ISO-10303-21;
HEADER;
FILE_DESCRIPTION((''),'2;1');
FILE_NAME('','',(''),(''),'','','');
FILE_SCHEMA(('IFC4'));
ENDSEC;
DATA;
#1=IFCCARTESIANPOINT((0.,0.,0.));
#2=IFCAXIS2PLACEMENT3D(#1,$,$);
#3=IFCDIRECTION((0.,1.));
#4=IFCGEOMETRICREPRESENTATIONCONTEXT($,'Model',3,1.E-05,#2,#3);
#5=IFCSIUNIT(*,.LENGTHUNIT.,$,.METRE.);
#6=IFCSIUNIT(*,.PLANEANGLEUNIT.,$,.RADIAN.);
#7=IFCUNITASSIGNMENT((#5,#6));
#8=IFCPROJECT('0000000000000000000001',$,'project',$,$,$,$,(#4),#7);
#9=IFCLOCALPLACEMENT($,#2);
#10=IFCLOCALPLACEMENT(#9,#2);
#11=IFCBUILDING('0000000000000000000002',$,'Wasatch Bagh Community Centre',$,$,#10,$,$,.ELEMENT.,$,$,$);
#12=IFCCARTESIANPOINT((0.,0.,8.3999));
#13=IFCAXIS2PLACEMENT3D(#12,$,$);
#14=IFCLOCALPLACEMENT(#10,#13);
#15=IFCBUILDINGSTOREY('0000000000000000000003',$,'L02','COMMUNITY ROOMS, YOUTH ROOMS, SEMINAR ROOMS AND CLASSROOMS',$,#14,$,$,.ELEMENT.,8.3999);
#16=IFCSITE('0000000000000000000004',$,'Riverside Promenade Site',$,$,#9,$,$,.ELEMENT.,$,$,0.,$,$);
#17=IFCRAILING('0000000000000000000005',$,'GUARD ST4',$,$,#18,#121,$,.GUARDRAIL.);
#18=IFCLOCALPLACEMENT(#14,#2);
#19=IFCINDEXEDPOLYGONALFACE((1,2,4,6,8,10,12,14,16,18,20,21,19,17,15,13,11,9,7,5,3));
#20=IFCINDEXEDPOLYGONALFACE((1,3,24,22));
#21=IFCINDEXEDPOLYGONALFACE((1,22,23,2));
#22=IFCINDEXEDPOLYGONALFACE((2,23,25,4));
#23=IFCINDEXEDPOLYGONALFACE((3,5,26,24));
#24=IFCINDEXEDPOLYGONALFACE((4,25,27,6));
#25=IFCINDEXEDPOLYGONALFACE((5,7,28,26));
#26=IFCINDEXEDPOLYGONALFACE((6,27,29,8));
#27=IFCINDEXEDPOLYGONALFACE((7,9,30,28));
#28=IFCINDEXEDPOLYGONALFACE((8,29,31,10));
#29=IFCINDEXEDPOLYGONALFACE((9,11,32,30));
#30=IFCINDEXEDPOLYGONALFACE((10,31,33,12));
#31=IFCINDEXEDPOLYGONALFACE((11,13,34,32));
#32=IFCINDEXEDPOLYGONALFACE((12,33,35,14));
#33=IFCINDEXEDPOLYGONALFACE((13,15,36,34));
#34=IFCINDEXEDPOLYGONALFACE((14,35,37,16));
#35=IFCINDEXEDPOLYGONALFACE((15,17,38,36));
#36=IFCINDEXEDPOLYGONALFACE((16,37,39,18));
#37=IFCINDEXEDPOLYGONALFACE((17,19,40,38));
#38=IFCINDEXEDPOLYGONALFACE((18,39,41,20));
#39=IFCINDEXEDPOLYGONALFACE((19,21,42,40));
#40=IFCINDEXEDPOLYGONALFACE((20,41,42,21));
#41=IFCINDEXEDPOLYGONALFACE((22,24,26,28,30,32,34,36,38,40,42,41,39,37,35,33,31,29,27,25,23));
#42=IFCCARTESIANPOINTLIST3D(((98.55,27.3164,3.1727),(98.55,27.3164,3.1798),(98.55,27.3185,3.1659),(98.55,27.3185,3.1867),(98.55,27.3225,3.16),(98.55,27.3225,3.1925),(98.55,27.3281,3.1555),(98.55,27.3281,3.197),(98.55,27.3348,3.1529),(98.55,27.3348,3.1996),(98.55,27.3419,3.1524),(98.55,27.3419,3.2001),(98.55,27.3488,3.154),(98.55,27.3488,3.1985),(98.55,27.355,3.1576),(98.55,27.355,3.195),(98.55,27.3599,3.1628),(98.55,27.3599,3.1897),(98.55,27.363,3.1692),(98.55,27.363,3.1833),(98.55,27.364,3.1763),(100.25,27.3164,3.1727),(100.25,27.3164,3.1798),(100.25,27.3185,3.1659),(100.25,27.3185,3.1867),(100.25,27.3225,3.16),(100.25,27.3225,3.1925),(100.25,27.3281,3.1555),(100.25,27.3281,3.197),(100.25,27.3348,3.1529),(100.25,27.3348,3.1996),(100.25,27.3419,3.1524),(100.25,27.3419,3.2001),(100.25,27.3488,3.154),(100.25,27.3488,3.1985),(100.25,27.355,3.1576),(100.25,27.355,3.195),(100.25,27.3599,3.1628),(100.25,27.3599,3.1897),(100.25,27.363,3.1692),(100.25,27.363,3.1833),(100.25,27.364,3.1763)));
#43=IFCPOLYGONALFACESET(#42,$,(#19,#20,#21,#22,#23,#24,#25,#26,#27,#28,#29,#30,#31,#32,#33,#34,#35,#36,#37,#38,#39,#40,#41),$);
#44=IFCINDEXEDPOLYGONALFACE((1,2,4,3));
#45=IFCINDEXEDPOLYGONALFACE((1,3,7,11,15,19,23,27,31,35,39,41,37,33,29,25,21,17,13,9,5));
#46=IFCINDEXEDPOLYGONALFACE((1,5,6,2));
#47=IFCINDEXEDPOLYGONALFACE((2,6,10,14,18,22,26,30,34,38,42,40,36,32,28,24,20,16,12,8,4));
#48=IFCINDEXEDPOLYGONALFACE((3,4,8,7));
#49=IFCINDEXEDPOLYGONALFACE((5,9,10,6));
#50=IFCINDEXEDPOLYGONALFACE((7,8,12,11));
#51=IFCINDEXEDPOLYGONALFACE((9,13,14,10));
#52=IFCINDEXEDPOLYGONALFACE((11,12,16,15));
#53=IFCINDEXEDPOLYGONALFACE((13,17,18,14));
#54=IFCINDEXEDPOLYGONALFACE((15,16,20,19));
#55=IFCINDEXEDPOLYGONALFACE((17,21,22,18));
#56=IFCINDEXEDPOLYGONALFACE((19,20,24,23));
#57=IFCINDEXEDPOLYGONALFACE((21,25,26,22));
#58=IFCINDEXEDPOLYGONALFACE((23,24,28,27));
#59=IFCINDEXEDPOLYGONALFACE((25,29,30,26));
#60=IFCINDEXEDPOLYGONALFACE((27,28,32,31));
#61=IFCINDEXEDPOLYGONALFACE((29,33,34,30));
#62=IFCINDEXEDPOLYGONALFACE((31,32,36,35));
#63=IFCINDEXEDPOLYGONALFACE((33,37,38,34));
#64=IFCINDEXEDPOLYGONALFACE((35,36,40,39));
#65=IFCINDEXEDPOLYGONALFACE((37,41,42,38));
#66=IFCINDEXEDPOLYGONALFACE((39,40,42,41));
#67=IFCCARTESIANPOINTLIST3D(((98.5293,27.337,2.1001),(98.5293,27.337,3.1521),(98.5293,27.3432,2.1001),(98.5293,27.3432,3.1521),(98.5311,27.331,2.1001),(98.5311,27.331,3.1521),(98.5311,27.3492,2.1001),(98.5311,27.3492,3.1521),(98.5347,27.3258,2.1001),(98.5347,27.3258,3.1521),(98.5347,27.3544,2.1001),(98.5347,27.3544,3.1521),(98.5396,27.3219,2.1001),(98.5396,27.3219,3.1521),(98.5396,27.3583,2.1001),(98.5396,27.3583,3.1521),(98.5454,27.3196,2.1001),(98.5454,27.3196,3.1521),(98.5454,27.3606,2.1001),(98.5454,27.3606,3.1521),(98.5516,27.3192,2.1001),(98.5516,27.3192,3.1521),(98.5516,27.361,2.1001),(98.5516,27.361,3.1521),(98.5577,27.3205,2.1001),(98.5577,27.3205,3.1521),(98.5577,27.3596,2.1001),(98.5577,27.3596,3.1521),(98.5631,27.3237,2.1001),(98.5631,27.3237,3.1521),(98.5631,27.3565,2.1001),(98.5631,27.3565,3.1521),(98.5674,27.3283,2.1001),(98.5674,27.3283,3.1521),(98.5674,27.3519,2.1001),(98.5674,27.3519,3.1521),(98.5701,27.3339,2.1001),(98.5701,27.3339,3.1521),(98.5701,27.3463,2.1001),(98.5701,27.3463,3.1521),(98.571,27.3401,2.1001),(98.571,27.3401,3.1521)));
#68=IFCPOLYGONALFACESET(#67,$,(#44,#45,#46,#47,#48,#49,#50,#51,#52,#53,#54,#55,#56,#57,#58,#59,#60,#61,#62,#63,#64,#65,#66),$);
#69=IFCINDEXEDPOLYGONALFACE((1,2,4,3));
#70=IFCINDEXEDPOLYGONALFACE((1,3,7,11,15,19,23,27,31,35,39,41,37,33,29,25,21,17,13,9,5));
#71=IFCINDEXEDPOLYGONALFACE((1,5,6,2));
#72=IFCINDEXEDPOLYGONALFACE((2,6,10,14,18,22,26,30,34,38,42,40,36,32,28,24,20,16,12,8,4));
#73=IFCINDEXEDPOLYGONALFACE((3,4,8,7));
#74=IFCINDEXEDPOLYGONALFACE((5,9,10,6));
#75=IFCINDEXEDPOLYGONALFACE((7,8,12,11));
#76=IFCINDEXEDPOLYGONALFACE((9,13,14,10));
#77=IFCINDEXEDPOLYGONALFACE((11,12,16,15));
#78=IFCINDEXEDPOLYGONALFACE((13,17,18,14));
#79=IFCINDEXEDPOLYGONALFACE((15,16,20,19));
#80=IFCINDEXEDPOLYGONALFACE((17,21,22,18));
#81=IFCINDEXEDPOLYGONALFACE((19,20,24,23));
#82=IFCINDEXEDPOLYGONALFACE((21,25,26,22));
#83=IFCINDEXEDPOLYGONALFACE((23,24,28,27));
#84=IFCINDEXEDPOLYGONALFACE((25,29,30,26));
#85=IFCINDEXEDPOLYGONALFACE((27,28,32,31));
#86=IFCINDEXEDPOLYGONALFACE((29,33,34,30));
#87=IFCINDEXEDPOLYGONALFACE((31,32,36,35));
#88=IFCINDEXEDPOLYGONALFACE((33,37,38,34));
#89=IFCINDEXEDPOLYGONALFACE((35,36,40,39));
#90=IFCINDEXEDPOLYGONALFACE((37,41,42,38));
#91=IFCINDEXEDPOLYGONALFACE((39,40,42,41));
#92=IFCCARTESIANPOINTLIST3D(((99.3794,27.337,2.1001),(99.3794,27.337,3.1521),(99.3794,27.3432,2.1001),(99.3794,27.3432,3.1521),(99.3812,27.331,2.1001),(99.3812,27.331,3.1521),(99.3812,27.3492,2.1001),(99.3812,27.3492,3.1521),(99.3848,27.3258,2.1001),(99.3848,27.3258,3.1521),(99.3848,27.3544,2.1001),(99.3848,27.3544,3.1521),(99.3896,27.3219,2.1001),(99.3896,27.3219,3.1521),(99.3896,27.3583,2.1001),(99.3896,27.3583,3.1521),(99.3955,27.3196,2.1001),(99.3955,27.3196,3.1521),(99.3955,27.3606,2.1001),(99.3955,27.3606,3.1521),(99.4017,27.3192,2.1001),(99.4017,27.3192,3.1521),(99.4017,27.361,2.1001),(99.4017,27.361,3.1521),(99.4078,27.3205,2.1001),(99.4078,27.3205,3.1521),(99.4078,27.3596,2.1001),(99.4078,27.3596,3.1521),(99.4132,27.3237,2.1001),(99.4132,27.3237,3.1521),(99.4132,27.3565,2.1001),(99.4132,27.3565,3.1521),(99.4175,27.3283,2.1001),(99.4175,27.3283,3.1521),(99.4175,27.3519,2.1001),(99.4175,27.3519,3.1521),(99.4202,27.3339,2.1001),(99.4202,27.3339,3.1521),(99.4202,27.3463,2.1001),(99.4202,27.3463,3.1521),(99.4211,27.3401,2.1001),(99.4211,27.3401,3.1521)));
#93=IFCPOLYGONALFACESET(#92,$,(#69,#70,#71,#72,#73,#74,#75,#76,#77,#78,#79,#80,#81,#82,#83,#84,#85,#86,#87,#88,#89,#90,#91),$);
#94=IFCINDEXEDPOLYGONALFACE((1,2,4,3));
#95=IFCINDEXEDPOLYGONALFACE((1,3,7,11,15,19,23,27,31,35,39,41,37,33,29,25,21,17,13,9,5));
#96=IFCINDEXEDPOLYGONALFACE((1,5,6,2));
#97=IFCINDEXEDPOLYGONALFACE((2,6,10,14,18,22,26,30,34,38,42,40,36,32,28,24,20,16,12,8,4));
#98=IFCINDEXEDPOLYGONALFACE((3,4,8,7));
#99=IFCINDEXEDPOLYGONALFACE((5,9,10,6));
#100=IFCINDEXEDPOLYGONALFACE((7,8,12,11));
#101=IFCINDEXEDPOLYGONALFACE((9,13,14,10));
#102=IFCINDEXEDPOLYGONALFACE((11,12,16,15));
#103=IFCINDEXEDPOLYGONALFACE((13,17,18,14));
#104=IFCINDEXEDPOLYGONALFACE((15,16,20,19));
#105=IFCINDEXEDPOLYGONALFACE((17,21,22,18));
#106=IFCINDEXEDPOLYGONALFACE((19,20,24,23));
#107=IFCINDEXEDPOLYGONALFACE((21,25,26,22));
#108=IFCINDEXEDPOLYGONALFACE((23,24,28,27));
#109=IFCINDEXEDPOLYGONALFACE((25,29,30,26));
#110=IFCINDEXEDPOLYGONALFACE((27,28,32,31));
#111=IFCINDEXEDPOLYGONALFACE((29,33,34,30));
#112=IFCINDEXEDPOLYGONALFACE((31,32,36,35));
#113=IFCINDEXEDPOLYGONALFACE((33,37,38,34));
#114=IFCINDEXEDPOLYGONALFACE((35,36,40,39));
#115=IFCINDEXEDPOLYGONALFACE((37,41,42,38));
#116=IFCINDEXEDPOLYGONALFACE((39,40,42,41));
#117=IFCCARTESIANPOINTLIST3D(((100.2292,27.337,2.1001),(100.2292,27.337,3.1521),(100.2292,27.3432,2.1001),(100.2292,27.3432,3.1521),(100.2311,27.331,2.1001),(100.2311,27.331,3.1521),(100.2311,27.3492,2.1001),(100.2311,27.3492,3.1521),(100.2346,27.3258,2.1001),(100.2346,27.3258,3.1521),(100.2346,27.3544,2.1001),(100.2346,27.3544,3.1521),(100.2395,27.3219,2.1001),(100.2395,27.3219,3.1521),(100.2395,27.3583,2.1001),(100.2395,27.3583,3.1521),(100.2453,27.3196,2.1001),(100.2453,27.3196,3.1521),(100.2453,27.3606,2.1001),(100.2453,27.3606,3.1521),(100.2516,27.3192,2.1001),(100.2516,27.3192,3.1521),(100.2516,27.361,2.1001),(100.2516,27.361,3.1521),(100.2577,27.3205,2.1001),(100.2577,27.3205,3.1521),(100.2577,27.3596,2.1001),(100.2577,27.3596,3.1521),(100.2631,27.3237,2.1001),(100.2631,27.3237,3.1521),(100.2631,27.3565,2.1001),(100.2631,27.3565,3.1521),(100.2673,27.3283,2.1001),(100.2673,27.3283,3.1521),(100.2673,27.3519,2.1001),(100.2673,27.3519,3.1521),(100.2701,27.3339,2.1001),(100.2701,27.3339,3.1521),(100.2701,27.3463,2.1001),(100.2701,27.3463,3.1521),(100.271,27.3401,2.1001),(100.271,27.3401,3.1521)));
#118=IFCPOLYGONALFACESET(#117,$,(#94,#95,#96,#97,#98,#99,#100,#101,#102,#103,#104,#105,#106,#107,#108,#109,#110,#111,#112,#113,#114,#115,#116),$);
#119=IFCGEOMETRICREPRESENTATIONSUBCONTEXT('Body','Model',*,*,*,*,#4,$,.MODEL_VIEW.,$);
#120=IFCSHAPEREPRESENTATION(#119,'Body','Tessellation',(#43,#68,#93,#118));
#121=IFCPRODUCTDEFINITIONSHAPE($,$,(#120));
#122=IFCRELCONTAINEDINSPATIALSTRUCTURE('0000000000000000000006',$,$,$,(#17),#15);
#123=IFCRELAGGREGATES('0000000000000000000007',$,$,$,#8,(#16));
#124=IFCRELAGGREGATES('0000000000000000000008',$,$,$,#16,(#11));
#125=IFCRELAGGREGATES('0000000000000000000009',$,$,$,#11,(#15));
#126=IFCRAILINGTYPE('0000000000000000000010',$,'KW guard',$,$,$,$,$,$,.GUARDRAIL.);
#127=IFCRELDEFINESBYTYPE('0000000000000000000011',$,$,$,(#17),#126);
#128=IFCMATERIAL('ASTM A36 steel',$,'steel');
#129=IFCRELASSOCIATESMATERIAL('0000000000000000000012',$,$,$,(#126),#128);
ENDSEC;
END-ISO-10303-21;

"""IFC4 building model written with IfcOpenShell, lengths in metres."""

from ifc_helpers import new_model, si_unit, direction, frame, origin, origin_2d, place, context, subcontext, project, spatial, circle, extrude, material, type_object, element, save


model = new_model("IFC4")

# Units and contexts
model_context = context("Model", 3, precision=1e-05, world=origin(), true_north=direction((0.0, 1.0)))
body_context = subcontext(model_context, "Body", "Model", "MODEL_VIEW")
ifc_project = project(units=[si_unit("LENGTHUNIT", "METRE"), si_unit("PLANEANGLEUNIT", "RADIAN")], contexts=[model_context])

# Site, building, storey
site_placement = place(None, origin())
site = spatial("IfcSite", under=ifc_project, at=site_placement, Name="Riverside Promenade Site", CompositionType="ELEMENT", RefElevation=0.0)
building_placement = place(site_placement, origin())
building = spatial("IfcBuilding", under=site, at=building_placement, Name="Wasatch Bagh Community Centre", CompositionType="ELEMENT")
storey_placement = place(building_placement, frame((0.0, 0.0, 8.3999)))
storey = spatial("IfcBuildingStorey", under=building, at=storey_placement, Name="L02", Description="COMMUNITY ROOMS, YOUTH ROOMS, SEMINAR ROOMS AND CLASSROOMS", CompositionType="ELEMENT", Elevation=8.3999)

# Railing
ifc_material_1 = material(Name="ASTM A36 steel", Category="steel")
railing_type_1 = type_object("IfcRailingType", Name="KW guard", PredefinedType="GUARDRAIL", material=ifc_material_1)
railing_1_placement = place(storey_placement, frame((98.55, 27.3401, 2.1001)))
element("IfcRailing", 1, at=railing_1_placement, inside=storey, type_object=railing_type_1, Name="GUARD ST4", PredefinedType="GUARDRAIL", context=body_context, shape_type="SweptSolid", body=[
    extrude(circle(Radius=0.0239, at=origin_2d()), frame((0.0, 0.0, 1.0762), z_axis=(1.0, 0.0, 0.0), x_axis=(0.0, 1.0, 0.0)), (0.0, 0.0, 1.0), 1.7),
    extrude(circle(Radius=0.021, at=origin_2d()), origin(), (0.0, 0.0, 1.0), 1.052),
    extrude(circle(Radius=0.021, at=origin_2d()), frame((0.8501, 0.0, 0.0)), (0.0, 0.0, 1.0), 1.052),
    extrude(circle(Radius=0.021, at=origin_2d()), frame((1.7, 0.0, 0.0)), (0.0, 0.0, 1.0), 1.052),
])

save(model, "model.ifc")
